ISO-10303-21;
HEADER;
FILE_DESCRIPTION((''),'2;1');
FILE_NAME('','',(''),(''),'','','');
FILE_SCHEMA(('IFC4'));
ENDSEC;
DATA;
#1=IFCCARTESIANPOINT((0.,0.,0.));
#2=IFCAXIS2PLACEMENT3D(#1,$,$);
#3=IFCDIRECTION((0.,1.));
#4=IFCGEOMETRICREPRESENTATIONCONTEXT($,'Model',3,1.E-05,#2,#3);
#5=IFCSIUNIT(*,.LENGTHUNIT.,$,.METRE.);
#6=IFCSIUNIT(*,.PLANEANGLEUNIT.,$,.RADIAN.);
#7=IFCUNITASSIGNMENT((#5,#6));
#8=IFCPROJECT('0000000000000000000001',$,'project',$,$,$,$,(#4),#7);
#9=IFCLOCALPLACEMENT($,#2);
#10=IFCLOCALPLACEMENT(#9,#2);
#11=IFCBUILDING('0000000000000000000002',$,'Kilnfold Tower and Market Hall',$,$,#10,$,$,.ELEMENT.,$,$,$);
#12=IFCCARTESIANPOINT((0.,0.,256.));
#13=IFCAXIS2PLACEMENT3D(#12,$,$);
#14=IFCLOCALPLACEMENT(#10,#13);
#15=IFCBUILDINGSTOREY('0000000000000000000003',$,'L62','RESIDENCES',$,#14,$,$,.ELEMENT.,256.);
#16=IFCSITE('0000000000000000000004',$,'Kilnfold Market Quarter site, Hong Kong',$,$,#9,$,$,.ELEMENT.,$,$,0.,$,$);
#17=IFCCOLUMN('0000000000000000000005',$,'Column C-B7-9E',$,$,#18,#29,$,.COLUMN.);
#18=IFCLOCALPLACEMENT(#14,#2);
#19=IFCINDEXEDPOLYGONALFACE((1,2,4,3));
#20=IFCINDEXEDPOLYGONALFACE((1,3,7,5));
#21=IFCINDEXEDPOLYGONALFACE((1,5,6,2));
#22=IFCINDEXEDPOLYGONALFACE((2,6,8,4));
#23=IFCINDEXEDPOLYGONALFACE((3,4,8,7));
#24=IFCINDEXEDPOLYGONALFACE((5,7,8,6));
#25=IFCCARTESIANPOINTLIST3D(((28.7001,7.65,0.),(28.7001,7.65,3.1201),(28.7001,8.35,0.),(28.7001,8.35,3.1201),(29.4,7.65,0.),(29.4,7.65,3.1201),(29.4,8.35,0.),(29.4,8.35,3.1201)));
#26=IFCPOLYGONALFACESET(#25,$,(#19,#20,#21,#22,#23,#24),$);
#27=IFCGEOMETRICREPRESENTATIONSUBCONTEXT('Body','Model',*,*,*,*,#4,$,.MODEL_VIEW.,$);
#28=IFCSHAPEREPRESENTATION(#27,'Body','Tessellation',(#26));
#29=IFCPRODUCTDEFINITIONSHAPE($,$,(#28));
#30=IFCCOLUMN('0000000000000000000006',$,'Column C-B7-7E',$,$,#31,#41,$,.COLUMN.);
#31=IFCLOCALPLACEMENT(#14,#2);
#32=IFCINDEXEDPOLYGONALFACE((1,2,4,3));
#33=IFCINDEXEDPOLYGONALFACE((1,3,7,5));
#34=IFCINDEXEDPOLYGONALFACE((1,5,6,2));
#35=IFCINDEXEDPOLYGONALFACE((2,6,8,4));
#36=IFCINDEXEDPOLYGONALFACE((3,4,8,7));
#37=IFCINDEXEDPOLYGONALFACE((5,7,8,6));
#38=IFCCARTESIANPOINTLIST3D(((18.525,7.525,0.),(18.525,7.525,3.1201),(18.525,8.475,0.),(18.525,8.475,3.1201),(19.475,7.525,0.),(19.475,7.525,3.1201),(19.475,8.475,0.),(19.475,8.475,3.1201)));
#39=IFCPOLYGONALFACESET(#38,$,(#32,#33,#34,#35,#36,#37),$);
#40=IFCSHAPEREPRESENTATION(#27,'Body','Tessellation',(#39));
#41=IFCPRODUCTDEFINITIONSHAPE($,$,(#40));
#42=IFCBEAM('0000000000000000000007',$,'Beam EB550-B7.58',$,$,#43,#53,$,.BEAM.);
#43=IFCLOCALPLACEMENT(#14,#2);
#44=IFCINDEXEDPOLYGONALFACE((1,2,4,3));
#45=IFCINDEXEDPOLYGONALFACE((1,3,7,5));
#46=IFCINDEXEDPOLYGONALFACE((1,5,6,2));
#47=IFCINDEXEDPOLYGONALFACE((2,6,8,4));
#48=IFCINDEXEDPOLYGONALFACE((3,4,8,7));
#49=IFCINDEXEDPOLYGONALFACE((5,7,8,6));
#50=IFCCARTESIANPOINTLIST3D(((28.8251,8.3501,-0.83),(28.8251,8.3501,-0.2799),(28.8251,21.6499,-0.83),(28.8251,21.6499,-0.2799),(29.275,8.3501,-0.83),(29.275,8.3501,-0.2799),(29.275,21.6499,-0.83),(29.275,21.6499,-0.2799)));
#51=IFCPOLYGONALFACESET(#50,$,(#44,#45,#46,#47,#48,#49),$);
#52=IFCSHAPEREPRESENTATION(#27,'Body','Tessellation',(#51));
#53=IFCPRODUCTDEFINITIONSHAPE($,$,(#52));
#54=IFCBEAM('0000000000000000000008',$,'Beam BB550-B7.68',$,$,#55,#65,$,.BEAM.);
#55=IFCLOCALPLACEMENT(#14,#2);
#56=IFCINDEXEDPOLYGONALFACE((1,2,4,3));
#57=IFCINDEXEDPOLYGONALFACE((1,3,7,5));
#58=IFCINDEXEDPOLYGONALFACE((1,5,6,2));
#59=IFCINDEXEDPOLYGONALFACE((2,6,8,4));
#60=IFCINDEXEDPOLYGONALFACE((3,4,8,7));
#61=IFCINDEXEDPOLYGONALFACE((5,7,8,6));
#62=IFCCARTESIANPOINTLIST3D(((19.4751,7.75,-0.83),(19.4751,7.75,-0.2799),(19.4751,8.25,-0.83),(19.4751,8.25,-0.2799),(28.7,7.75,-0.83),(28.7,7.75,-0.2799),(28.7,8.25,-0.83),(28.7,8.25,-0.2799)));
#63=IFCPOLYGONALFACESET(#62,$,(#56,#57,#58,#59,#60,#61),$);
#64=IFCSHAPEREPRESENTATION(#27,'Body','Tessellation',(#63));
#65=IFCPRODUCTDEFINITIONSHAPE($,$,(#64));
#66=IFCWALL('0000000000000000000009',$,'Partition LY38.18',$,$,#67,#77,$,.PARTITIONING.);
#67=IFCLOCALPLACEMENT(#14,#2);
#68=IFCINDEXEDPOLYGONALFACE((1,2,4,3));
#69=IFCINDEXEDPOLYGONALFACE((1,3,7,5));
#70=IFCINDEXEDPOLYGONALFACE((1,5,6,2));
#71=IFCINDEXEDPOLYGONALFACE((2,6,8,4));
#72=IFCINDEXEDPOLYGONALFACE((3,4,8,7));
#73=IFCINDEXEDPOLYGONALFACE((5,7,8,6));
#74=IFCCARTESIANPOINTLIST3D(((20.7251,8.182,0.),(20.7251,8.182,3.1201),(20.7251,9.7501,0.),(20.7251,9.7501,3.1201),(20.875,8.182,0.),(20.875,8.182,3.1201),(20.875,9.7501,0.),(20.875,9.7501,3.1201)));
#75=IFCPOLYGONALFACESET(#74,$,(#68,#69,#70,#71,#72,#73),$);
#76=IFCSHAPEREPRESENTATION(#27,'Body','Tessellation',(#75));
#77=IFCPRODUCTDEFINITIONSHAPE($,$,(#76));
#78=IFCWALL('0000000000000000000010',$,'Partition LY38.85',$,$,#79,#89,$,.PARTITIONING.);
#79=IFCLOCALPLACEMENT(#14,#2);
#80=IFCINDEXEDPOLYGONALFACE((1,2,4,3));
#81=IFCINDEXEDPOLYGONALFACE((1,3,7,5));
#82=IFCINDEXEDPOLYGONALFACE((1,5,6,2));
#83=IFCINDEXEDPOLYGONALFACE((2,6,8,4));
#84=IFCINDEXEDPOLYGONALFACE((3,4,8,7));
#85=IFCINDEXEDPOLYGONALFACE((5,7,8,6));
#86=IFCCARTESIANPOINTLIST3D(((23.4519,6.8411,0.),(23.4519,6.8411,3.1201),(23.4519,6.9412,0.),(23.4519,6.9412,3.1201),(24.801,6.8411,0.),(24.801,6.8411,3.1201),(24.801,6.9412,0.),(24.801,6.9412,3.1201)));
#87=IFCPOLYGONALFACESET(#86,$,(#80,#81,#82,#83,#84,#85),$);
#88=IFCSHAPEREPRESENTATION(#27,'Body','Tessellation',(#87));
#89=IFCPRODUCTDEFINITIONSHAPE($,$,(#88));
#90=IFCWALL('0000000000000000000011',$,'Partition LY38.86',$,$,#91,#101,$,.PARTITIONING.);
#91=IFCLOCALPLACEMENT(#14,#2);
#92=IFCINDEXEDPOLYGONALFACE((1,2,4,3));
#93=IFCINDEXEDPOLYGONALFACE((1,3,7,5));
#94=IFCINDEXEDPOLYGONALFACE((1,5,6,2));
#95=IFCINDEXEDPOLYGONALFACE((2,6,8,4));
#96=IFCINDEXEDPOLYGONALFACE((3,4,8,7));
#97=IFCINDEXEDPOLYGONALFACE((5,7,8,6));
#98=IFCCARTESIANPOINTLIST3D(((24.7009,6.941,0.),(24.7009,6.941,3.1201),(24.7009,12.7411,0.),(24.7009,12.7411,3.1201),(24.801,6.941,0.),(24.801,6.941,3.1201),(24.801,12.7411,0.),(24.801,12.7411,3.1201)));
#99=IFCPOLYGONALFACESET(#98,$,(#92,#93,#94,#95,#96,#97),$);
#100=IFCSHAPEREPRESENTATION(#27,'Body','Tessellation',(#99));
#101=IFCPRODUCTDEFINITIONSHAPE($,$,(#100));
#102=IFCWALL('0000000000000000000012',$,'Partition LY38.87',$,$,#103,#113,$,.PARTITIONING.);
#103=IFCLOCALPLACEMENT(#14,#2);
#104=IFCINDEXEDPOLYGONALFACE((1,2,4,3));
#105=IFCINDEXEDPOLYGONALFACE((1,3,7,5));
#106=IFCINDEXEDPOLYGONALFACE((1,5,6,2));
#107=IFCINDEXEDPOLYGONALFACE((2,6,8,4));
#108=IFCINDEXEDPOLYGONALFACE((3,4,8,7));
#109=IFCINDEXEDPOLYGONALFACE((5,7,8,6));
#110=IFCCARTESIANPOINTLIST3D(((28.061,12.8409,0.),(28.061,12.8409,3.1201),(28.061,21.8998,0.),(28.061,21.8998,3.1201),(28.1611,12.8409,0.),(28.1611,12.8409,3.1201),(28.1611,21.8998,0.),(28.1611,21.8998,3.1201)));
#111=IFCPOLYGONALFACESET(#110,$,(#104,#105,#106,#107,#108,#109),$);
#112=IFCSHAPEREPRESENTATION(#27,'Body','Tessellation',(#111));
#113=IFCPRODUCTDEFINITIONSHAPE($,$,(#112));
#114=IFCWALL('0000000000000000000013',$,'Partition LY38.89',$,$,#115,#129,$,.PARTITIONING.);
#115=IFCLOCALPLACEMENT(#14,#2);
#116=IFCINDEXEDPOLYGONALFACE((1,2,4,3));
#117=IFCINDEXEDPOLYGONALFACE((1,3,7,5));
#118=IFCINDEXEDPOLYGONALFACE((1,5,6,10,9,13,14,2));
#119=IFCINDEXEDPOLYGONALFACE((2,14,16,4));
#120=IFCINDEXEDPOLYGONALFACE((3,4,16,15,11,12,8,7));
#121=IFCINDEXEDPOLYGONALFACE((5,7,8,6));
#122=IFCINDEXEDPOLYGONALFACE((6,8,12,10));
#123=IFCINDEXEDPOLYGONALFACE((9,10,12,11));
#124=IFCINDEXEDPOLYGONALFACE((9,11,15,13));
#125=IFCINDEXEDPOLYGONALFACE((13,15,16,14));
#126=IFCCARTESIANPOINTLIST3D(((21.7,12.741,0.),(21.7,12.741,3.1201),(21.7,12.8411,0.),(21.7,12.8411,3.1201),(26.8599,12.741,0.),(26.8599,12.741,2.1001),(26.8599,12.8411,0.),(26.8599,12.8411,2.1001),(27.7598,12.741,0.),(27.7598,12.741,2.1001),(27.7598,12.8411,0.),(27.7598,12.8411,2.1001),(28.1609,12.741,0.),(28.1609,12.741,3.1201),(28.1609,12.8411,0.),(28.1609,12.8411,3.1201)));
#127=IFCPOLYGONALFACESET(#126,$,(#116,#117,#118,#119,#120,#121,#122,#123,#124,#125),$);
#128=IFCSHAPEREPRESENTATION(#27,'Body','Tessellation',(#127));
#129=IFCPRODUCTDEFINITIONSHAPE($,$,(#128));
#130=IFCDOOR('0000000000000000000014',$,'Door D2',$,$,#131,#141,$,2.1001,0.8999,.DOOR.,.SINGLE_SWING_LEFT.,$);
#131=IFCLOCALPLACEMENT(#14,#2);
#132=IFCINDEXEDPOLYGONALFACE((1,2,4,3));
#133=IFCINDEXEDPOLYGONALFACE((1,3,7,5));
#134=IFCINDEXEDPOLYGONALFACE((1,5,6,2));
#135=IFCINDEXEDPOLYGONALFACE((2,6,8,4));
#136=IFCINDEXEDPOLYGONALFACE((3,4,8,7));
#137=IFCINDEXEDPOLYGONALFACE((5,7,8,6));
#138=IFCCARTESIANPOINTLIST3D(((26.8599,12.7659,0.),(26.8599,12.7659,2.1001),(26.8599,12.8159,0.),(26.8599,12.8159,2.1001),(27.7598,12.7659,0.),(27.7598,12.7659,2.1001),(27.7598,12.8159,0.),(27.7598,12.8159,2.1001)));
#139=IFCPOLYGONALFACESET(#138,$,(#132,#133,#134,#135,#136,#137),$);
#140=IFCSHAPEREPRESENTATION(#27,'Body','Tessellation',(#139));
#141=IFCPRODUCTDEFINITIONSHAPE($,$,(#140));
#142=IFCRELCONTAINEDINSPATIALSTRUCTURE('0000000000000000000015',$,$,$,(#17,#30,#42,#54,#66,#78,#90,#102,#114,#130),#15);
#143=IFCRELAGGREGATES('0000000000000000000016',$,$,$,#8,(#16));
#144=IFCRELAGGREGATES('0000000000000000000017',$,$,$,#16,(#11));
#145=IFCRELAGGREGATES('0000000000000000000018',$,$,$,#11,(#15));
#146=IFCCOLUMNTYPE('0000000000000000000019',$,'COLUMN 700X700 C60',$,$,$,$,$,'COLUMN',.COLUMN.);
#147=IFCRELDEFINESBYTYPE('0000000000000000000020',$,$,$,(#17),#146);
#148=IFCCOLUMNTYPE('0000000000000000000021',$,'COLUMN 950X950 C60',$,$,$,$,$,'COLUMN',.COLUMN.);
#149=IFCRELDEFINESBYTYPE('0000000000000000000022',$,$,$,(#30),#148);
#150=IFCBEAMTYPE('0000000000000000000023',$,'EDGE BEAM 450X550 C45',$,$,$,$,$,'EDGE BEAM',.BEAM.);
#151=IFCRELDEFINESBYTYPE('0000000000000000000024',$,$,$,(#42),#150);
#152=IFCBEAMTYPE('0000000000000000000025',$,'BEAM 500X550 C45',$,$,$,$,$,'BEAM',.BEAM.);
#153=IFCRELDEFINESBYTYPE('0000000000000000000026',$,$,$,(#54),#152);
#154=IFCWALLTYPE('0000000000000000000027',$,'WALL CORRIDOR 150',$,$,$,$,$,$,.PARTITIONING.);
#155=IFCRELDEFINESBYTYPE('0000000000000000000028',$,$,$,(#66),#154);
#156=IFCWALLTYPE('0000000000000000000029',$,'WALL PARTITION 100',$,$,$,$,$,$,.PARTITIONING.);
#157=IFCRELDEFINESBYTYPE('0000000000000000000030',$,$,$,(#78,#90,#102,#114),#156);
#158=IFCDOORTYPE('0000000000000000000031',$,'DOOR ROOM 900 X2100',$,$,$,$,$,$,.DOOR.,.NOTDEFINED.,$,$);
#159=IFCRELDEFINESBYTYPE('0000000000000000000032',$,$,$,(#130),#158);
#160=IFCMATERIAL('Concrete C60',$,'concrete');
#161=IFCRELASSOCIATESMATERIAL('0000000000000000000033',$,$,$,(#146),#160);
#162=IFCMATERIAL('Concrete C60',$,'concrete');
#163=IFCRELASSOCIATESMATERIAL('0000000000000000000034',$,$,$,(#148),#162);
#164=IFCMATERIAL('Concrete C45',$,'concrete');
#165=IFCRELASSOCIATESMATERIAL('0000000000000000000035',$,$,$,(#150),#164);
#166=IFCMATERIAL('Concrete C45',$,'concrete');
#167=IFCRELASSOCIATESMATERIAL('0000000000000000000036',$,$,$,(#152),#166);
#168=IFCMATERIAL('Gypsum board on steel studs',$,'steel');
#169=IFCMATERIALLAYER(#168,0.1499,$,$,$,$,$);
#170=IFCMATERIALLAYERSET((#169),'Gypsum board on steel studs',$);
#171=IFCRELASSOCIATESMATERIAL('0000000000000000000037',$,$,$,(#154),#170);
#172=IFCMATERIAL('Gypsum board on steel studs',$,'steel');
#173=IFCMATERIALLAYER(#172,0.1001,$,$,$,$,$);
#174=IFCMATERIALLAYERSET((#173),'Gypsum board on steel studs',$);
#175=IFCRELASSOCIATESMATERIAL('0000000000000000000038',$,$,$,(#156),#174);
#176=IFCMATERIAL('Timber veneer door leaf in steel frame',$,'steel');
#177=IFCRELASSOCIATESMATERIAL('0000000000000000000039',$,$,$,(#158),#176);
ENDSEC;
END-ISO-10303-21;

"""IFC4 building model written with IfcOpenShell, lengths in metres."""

from ifc_helpers import new_model, si_unit, direction, frame, frame_2d, origin, origin_2d, place, context, subcontext, project, spatial, rectangle, extrude, source, transform, mapped, material, layer, layer_set, material_profile, profile_set, type_object, element, fill, save


model = new_model("IFC4")

# Units and contexts
model_context = context("Model", 3, precision=1e-05, world=origin(), true_north=direction((0.0, 1.0)))
body_context = subcontext(model_context, "Body", "Model", "MODEL_VIEW")
ifc_project = project(units=[si_unit("LENGTHUNIT", "METRE"), si_unit("PLANEANGLEUNIT", "RADIAN")], contexts=[model_context])

# Site, building, storey
site_placement = place(None, origin())
site = spatial("IfcSite", under=ifc_project, at=site_placement, Name="Kilnfold Market Quarter site, Hong Kong", CompositionType="ELEMENT", RefElevation=0.0)
building_placement = place(site_placement, origin())
building = spatial("IfcBuilding", under=site, at=building_placement, Name="Kilnfold Tower and Market Hall", CompositionType="ELEMENT")
storey_placement = place(building_placement, frame((0.0, 0.0, 256.0)))
storey = spatial("IfcBuildingStorey", under=building, at=storey_placement, Name="L62", Description="RESIDENCES", CompositionType="ELEMENT", Elevation=256.0)

# Columns
ifc_material_1 = material(Name="Concrete C60", Category="concrete")
ifc_material_profile_1 = material_profile(ifc_material_1, rectangle(XDim=0.7, YDim=0.7, at=origin_2d()), Name="RC 700x700")
ifc_profile_set_1 = profile_set([ifc_material_profile_1], Name="Concrete C60")
column_type_1 = type_object("IfcColumnType", Name="COLUMN 700X700 C60", ElementType="COLUMN", PredefinedType="COLUMN", material=ifc_profile_set_1)
shared_shape_1 = source(origin(), body_context, "Body", "SweptSolid", [
    extrude(rectangle(XDim=0.7, YDim=0.7, at=origin_2d()), origin(), (0.0, 0.0, 1.0), 3.1201),
])
column_1_placement = place(storey_placement, frame((29.05, 8.0, 0.0), z_axis=(0.0, 0.0, 1.0), x_axis=(1.0, 0.0, 0.0)))
element("IfcColumn", 1, at=column_1_placement, inside=storey, type_object=column_type_1, Name="Column C-B7-9E", PredefinedType="COLUMN", context=body_context, shape_type="MappedRepresentation", body=[
    mapped(shared_shape_1, transform((0.0, 0.0, 0.0))),
])
ifc_material_2 = material(Name="Concrete C60", Category="concrete")
ifc_material_profile_2 = material_profile(ifc_material_2, rectangle(XDim=0.95, YDim=0.95, at=origin_2d()), Name="RC 950x950")
ifc_profile_set_2 = profile_set([ifc_material_profile_2], Name="Concrete C60")
column_type_2 = type_object("IfcColumnType", Name="COLUMN 950X950 C60", ElementType="COLUMN", PredefinedType="COLUMN", material=ifc_profile_set_2)
shared_shape_2 = source(origin(), body_context, "Body", "SweptSolid", [
    extrude(rectangle(XDim=0.95, YDim=0.95, at=origin_2d()), origin(), (0.0, 0.0, 1.0), 3.1201),
])
column_2_placement = place(storey_placement, frame((19.0, 8.0, 0.0), z_axis=(0.0, 0.0, 1.0), x_axis=(1.0, 0.0, 0.0)))
element("IfcColumn", 2, at=column_2_placement, inside=storey, type_object=column_type_2, Name="Column C-B7-7E", PredefinedType="COLUMN", context=body_context, shape_type="MappedRepresentation", body=[
    mapped(shared_shape_2, transform((0.0, 0.0, 0.0))),
])

# Beams
ifc_material_3 = material(Name="Concrete C45", Category="concrete")
ifc_material_profile_3 = material_profile(ifc_material_3, rectangle(XDim=0.45, YDim=0.55, at=origin_2d()), Name="RC 450x550")
ifc_profile_set_3 = profile_set([ifc_material_profile_3], Name="Concrete C45")
beam_type_1 = type_object("IfcBeamType", Name="EDGE BEAM 450X550 C45", ElementType="EDGE BEAM", PredefinedType="BEAM", material=ifc_profile_set_3)
shared_shape_3 = source(origin(), body_context, "Body", "SweptSolid", [
    extrude(rectangle(XDim=0.45, YDim=0.55, at=origin_2d()), origin(), (0.0, 0.0, 1.0), 13.2998),
])
beam_1_placement = place(storey_placement, frame((29.05, 8.3501, -0.5549), z_axis=(0.0, 1.0, 0.0), x_axis=(-1.0, 0.0, 0.0)))
element("IfcBeam", 3, at=beam_1_placement, inside=storey, type_object=beam_type_1, Name="Beam EB550-B7.58", PredefinedType="BEAM", context=body_context, shape_type="MappedRepresentation", body=[
    mapped(shared_shape_3, transform((0.0, 0.0, 0.0))),
])
ifc_material_4 = material(Name="Concrete C45", Category="concrete")
ifc_material_profile_4 = material_profile(ifc_material_4, rectangle(XDim=0.5, YDim=0.55, at=origin_2d()), Name="RC 500x550")
ifc_profile_set_4 = profile_set([ifc_material_profile_4], Name="Concrete C45")
beam_type_2 = type_object("IfcBeamType", Name="BEAM 500X550 C45", ElementType="BEAM", PredefinedType="BEAM", material=ifc_profile_set_4)
shared_shape_4 = source(origin(), body_context, "Body", "SweptSolid", [
    extrude(rectangle(XDim=0.5, YDim=0.55, at=origin_2d()), origin(), (0.0, 0.0, 1.0), 9.2249),
])
beam_2_placement = place(storey_placement, frame((19.4751, 8.0, -0.5549), z_axis=(1.0, 0.0, 0.0), x_axis=(0.0, 1.0, 0.0)))
element("IfcBeam", 4, at=beam_2_placement, inside=storey, type_object=beam_type_2, Name="Beam BB550-B7.68", PredefinedType="BEAM", context=body_context, shape_type="MappedRepresentation", body=[
    mapped(shared_shape_4, transform((0.0, 0.0, 0.0))),
])

# Walls
ifc_material_5 = material(Name="Gypsum board on steel studs", Category="steel")
ifc_layer_1 = layer(ifc_material_5, 0.1499)
ifc_layer_set_1 = layer_set([ifc_layer_1], Name="Gypsum board on steel studs")
wall_type_1 = type_object("IfcWallType", Name="WALL CORRIDOR 150", PredefinedType="PARTITIONING", material=ifc_layer_set_1)
wall_1_placement = place(storey_placement, frame((20.8, 8.1819, 0.0), z_axis=(0.0, 0.0, 1.0), x_axis=(0.0, 1.0, 0.0)))
element("IfcWall", 5, at=wall_1_placement, inside=storey, type_object=wall_type_1, Name="Partition LY38.18", PredefinedType="PARTITIONING", context=body_context, shape_type="SweptSolid", body=[
    extrude(rectangle(XDim=1.5681, YDim=0.1499, at=frame_2d((0.7842, 0.0))), origin(), (0.0, 0.0, 1.0), 3.1201),
])
ifc_material_6 = material(Name="Gypsum board on steel studs", Category="steel")
ifc_layer_2 = layer(ifc_material_6, 0.1001)
ifc_layer_set_2 = layer_set([ifc_layer_2], Name="Gypsum board on steel studs")
wall_type_2 = type_object("IfcWallType", Name="WALL PARTITION 100", PredefinedType="PARTITIONING", material=ifc_layer_set_2)
wall_2_placement = place(storey_placement, frame((24.801, 6.8911, 0.0), z_axis=(0.0, 0.0, 1.0), x_axis=(-1.0, 0.0, 0.0)))
element("IfcWall", 6, at=wall_2_placement, inside=storey, type_object=wall_type_2, Name="Partition LY38.85", PredefinedType="PARTITIONING", context=body_context, shape_type="SweptSolid", body=[
    extrude(rectangle(XDim=1.3491, YDim=0.1001, at=frame_2d((0.6746, 0.0))), origin(), (0.0, 0.0, 1.0), 3.1201),
])
wall_3_placement = place(storey_placement, frame((24.751, 12.741, 0.0), z_axis=(0.0, 0.0, 1.0), x_axis=(0.0, -1.0, 0.0)))
element("IfcWall", 7, at=wall_3_placement, inside=storey, type_object=wall_type_2, Name="Partition LY38.86", PredefinedType="PARTITIONING", context=body_context, shape_type="SweptSolid", body=[
    extrude(rectangle(XDim=5.8, YDim=0.1001, at=frame_2d((2.8999, 0.0))), origin(), (0.0, 0.0, 1.0), 3.1201),
])
wall_4_placement = place(storey_placement, frame((28.1111, 12.8411, 0.0), z_axis=(0.0, 0.0, 1.0), x_axis=(0.0, 1.0, 0.0)))
element("IfcWall", 8, at=wall_4_placement, inside=storey, type_object=wall_type_2, Name="Partition LY38.87", PredefinedType="PARTITIONING", context=body_context, shape_type="SweptSolid", body=[
    extrude(rectangle(XDim=9.0588, YDim=0.1001, at=frame_2d((4.5293, 0.0))), origin(), (0.0, 0.0, 1.0), 3.1201),
])

# Wall, opening, door
wall_5_placement = place(storey_placement, frame((21.7, 12.791, 0.0), z_axis=(0.0, 0.0, 1.0), x_axis=(1.0, 0.0, 0.0)))
wall_5 = element("IfcWall", 9, at=wall_5_placement, inside=storey, type_object=wall_type_2, Name="Partition LY38.89", PredefinedType="PARTITIONING", context=body_context, shape_type="SweptSolid", body=[
    extrude(rectangle(XDim=6.4609, YDim=0.1001, at=frame_2d((3.2305, 0.0))), origin(), (0.0, 0.0, 1.0), 3.1201),
])
opening_1_placement = place(wall_5_placement, frame((5.1599, 0.0, 0.0)))
opening_1 = element("IfcOpeningElement", 10, at=opening_1_placement, cuts=wall_5, PredefinedType="OPENING", context=body_context, shape_type="SweptSolid", body=[
    extrude(rectangle(XDim=0.8999, YDim=2.1001, at=frame_2d((0.45, 1.05))), frame((0.0, 0.0601, 0.0), z_axis=(0.0, -1.0, 0.0), x_axis=(1.0, 0.0, 0.0)), (0.0, 0.0, 1.0), 0.1201),
])
ifc_material_7 = material(Name="Timber veneer door leaf in steel frame", Category="steel")
door_type_1 = type_object("IfcDoorType", Name="DOOR ROOM 900 X2100", OperationType="NOTDEFINED", PredefinedType="DOOR", material=ifc_material_7)
door_1_placement = place(opening_1_placement, origin())
door_1 = element("IfcDoor", 11, at=door_1_placement, inside=storey, type_object=door_type_1, Name="Door D2", OperationType="SINGLE_SWING_LEFT", OverallHeight=2.1001, OverallWidth=0.8999, PredefinedType="DOOR", context=body_context, shape_type="SweptSolid", body=[
    extrude(rectangle(XDim=0.8999, YDim=2.1001, at=frame_2d((0.45, 1.05))), frame((0.0, 0.0249, 0.0), z_axis=(0.0, -1.0, 0.0), x_axis=(1.0, 0.0, 0.0)), (0.0, 0.0, 1.0), 0.05),
])
fill(opening_1, door_1)

save(model, "model.ifc")
